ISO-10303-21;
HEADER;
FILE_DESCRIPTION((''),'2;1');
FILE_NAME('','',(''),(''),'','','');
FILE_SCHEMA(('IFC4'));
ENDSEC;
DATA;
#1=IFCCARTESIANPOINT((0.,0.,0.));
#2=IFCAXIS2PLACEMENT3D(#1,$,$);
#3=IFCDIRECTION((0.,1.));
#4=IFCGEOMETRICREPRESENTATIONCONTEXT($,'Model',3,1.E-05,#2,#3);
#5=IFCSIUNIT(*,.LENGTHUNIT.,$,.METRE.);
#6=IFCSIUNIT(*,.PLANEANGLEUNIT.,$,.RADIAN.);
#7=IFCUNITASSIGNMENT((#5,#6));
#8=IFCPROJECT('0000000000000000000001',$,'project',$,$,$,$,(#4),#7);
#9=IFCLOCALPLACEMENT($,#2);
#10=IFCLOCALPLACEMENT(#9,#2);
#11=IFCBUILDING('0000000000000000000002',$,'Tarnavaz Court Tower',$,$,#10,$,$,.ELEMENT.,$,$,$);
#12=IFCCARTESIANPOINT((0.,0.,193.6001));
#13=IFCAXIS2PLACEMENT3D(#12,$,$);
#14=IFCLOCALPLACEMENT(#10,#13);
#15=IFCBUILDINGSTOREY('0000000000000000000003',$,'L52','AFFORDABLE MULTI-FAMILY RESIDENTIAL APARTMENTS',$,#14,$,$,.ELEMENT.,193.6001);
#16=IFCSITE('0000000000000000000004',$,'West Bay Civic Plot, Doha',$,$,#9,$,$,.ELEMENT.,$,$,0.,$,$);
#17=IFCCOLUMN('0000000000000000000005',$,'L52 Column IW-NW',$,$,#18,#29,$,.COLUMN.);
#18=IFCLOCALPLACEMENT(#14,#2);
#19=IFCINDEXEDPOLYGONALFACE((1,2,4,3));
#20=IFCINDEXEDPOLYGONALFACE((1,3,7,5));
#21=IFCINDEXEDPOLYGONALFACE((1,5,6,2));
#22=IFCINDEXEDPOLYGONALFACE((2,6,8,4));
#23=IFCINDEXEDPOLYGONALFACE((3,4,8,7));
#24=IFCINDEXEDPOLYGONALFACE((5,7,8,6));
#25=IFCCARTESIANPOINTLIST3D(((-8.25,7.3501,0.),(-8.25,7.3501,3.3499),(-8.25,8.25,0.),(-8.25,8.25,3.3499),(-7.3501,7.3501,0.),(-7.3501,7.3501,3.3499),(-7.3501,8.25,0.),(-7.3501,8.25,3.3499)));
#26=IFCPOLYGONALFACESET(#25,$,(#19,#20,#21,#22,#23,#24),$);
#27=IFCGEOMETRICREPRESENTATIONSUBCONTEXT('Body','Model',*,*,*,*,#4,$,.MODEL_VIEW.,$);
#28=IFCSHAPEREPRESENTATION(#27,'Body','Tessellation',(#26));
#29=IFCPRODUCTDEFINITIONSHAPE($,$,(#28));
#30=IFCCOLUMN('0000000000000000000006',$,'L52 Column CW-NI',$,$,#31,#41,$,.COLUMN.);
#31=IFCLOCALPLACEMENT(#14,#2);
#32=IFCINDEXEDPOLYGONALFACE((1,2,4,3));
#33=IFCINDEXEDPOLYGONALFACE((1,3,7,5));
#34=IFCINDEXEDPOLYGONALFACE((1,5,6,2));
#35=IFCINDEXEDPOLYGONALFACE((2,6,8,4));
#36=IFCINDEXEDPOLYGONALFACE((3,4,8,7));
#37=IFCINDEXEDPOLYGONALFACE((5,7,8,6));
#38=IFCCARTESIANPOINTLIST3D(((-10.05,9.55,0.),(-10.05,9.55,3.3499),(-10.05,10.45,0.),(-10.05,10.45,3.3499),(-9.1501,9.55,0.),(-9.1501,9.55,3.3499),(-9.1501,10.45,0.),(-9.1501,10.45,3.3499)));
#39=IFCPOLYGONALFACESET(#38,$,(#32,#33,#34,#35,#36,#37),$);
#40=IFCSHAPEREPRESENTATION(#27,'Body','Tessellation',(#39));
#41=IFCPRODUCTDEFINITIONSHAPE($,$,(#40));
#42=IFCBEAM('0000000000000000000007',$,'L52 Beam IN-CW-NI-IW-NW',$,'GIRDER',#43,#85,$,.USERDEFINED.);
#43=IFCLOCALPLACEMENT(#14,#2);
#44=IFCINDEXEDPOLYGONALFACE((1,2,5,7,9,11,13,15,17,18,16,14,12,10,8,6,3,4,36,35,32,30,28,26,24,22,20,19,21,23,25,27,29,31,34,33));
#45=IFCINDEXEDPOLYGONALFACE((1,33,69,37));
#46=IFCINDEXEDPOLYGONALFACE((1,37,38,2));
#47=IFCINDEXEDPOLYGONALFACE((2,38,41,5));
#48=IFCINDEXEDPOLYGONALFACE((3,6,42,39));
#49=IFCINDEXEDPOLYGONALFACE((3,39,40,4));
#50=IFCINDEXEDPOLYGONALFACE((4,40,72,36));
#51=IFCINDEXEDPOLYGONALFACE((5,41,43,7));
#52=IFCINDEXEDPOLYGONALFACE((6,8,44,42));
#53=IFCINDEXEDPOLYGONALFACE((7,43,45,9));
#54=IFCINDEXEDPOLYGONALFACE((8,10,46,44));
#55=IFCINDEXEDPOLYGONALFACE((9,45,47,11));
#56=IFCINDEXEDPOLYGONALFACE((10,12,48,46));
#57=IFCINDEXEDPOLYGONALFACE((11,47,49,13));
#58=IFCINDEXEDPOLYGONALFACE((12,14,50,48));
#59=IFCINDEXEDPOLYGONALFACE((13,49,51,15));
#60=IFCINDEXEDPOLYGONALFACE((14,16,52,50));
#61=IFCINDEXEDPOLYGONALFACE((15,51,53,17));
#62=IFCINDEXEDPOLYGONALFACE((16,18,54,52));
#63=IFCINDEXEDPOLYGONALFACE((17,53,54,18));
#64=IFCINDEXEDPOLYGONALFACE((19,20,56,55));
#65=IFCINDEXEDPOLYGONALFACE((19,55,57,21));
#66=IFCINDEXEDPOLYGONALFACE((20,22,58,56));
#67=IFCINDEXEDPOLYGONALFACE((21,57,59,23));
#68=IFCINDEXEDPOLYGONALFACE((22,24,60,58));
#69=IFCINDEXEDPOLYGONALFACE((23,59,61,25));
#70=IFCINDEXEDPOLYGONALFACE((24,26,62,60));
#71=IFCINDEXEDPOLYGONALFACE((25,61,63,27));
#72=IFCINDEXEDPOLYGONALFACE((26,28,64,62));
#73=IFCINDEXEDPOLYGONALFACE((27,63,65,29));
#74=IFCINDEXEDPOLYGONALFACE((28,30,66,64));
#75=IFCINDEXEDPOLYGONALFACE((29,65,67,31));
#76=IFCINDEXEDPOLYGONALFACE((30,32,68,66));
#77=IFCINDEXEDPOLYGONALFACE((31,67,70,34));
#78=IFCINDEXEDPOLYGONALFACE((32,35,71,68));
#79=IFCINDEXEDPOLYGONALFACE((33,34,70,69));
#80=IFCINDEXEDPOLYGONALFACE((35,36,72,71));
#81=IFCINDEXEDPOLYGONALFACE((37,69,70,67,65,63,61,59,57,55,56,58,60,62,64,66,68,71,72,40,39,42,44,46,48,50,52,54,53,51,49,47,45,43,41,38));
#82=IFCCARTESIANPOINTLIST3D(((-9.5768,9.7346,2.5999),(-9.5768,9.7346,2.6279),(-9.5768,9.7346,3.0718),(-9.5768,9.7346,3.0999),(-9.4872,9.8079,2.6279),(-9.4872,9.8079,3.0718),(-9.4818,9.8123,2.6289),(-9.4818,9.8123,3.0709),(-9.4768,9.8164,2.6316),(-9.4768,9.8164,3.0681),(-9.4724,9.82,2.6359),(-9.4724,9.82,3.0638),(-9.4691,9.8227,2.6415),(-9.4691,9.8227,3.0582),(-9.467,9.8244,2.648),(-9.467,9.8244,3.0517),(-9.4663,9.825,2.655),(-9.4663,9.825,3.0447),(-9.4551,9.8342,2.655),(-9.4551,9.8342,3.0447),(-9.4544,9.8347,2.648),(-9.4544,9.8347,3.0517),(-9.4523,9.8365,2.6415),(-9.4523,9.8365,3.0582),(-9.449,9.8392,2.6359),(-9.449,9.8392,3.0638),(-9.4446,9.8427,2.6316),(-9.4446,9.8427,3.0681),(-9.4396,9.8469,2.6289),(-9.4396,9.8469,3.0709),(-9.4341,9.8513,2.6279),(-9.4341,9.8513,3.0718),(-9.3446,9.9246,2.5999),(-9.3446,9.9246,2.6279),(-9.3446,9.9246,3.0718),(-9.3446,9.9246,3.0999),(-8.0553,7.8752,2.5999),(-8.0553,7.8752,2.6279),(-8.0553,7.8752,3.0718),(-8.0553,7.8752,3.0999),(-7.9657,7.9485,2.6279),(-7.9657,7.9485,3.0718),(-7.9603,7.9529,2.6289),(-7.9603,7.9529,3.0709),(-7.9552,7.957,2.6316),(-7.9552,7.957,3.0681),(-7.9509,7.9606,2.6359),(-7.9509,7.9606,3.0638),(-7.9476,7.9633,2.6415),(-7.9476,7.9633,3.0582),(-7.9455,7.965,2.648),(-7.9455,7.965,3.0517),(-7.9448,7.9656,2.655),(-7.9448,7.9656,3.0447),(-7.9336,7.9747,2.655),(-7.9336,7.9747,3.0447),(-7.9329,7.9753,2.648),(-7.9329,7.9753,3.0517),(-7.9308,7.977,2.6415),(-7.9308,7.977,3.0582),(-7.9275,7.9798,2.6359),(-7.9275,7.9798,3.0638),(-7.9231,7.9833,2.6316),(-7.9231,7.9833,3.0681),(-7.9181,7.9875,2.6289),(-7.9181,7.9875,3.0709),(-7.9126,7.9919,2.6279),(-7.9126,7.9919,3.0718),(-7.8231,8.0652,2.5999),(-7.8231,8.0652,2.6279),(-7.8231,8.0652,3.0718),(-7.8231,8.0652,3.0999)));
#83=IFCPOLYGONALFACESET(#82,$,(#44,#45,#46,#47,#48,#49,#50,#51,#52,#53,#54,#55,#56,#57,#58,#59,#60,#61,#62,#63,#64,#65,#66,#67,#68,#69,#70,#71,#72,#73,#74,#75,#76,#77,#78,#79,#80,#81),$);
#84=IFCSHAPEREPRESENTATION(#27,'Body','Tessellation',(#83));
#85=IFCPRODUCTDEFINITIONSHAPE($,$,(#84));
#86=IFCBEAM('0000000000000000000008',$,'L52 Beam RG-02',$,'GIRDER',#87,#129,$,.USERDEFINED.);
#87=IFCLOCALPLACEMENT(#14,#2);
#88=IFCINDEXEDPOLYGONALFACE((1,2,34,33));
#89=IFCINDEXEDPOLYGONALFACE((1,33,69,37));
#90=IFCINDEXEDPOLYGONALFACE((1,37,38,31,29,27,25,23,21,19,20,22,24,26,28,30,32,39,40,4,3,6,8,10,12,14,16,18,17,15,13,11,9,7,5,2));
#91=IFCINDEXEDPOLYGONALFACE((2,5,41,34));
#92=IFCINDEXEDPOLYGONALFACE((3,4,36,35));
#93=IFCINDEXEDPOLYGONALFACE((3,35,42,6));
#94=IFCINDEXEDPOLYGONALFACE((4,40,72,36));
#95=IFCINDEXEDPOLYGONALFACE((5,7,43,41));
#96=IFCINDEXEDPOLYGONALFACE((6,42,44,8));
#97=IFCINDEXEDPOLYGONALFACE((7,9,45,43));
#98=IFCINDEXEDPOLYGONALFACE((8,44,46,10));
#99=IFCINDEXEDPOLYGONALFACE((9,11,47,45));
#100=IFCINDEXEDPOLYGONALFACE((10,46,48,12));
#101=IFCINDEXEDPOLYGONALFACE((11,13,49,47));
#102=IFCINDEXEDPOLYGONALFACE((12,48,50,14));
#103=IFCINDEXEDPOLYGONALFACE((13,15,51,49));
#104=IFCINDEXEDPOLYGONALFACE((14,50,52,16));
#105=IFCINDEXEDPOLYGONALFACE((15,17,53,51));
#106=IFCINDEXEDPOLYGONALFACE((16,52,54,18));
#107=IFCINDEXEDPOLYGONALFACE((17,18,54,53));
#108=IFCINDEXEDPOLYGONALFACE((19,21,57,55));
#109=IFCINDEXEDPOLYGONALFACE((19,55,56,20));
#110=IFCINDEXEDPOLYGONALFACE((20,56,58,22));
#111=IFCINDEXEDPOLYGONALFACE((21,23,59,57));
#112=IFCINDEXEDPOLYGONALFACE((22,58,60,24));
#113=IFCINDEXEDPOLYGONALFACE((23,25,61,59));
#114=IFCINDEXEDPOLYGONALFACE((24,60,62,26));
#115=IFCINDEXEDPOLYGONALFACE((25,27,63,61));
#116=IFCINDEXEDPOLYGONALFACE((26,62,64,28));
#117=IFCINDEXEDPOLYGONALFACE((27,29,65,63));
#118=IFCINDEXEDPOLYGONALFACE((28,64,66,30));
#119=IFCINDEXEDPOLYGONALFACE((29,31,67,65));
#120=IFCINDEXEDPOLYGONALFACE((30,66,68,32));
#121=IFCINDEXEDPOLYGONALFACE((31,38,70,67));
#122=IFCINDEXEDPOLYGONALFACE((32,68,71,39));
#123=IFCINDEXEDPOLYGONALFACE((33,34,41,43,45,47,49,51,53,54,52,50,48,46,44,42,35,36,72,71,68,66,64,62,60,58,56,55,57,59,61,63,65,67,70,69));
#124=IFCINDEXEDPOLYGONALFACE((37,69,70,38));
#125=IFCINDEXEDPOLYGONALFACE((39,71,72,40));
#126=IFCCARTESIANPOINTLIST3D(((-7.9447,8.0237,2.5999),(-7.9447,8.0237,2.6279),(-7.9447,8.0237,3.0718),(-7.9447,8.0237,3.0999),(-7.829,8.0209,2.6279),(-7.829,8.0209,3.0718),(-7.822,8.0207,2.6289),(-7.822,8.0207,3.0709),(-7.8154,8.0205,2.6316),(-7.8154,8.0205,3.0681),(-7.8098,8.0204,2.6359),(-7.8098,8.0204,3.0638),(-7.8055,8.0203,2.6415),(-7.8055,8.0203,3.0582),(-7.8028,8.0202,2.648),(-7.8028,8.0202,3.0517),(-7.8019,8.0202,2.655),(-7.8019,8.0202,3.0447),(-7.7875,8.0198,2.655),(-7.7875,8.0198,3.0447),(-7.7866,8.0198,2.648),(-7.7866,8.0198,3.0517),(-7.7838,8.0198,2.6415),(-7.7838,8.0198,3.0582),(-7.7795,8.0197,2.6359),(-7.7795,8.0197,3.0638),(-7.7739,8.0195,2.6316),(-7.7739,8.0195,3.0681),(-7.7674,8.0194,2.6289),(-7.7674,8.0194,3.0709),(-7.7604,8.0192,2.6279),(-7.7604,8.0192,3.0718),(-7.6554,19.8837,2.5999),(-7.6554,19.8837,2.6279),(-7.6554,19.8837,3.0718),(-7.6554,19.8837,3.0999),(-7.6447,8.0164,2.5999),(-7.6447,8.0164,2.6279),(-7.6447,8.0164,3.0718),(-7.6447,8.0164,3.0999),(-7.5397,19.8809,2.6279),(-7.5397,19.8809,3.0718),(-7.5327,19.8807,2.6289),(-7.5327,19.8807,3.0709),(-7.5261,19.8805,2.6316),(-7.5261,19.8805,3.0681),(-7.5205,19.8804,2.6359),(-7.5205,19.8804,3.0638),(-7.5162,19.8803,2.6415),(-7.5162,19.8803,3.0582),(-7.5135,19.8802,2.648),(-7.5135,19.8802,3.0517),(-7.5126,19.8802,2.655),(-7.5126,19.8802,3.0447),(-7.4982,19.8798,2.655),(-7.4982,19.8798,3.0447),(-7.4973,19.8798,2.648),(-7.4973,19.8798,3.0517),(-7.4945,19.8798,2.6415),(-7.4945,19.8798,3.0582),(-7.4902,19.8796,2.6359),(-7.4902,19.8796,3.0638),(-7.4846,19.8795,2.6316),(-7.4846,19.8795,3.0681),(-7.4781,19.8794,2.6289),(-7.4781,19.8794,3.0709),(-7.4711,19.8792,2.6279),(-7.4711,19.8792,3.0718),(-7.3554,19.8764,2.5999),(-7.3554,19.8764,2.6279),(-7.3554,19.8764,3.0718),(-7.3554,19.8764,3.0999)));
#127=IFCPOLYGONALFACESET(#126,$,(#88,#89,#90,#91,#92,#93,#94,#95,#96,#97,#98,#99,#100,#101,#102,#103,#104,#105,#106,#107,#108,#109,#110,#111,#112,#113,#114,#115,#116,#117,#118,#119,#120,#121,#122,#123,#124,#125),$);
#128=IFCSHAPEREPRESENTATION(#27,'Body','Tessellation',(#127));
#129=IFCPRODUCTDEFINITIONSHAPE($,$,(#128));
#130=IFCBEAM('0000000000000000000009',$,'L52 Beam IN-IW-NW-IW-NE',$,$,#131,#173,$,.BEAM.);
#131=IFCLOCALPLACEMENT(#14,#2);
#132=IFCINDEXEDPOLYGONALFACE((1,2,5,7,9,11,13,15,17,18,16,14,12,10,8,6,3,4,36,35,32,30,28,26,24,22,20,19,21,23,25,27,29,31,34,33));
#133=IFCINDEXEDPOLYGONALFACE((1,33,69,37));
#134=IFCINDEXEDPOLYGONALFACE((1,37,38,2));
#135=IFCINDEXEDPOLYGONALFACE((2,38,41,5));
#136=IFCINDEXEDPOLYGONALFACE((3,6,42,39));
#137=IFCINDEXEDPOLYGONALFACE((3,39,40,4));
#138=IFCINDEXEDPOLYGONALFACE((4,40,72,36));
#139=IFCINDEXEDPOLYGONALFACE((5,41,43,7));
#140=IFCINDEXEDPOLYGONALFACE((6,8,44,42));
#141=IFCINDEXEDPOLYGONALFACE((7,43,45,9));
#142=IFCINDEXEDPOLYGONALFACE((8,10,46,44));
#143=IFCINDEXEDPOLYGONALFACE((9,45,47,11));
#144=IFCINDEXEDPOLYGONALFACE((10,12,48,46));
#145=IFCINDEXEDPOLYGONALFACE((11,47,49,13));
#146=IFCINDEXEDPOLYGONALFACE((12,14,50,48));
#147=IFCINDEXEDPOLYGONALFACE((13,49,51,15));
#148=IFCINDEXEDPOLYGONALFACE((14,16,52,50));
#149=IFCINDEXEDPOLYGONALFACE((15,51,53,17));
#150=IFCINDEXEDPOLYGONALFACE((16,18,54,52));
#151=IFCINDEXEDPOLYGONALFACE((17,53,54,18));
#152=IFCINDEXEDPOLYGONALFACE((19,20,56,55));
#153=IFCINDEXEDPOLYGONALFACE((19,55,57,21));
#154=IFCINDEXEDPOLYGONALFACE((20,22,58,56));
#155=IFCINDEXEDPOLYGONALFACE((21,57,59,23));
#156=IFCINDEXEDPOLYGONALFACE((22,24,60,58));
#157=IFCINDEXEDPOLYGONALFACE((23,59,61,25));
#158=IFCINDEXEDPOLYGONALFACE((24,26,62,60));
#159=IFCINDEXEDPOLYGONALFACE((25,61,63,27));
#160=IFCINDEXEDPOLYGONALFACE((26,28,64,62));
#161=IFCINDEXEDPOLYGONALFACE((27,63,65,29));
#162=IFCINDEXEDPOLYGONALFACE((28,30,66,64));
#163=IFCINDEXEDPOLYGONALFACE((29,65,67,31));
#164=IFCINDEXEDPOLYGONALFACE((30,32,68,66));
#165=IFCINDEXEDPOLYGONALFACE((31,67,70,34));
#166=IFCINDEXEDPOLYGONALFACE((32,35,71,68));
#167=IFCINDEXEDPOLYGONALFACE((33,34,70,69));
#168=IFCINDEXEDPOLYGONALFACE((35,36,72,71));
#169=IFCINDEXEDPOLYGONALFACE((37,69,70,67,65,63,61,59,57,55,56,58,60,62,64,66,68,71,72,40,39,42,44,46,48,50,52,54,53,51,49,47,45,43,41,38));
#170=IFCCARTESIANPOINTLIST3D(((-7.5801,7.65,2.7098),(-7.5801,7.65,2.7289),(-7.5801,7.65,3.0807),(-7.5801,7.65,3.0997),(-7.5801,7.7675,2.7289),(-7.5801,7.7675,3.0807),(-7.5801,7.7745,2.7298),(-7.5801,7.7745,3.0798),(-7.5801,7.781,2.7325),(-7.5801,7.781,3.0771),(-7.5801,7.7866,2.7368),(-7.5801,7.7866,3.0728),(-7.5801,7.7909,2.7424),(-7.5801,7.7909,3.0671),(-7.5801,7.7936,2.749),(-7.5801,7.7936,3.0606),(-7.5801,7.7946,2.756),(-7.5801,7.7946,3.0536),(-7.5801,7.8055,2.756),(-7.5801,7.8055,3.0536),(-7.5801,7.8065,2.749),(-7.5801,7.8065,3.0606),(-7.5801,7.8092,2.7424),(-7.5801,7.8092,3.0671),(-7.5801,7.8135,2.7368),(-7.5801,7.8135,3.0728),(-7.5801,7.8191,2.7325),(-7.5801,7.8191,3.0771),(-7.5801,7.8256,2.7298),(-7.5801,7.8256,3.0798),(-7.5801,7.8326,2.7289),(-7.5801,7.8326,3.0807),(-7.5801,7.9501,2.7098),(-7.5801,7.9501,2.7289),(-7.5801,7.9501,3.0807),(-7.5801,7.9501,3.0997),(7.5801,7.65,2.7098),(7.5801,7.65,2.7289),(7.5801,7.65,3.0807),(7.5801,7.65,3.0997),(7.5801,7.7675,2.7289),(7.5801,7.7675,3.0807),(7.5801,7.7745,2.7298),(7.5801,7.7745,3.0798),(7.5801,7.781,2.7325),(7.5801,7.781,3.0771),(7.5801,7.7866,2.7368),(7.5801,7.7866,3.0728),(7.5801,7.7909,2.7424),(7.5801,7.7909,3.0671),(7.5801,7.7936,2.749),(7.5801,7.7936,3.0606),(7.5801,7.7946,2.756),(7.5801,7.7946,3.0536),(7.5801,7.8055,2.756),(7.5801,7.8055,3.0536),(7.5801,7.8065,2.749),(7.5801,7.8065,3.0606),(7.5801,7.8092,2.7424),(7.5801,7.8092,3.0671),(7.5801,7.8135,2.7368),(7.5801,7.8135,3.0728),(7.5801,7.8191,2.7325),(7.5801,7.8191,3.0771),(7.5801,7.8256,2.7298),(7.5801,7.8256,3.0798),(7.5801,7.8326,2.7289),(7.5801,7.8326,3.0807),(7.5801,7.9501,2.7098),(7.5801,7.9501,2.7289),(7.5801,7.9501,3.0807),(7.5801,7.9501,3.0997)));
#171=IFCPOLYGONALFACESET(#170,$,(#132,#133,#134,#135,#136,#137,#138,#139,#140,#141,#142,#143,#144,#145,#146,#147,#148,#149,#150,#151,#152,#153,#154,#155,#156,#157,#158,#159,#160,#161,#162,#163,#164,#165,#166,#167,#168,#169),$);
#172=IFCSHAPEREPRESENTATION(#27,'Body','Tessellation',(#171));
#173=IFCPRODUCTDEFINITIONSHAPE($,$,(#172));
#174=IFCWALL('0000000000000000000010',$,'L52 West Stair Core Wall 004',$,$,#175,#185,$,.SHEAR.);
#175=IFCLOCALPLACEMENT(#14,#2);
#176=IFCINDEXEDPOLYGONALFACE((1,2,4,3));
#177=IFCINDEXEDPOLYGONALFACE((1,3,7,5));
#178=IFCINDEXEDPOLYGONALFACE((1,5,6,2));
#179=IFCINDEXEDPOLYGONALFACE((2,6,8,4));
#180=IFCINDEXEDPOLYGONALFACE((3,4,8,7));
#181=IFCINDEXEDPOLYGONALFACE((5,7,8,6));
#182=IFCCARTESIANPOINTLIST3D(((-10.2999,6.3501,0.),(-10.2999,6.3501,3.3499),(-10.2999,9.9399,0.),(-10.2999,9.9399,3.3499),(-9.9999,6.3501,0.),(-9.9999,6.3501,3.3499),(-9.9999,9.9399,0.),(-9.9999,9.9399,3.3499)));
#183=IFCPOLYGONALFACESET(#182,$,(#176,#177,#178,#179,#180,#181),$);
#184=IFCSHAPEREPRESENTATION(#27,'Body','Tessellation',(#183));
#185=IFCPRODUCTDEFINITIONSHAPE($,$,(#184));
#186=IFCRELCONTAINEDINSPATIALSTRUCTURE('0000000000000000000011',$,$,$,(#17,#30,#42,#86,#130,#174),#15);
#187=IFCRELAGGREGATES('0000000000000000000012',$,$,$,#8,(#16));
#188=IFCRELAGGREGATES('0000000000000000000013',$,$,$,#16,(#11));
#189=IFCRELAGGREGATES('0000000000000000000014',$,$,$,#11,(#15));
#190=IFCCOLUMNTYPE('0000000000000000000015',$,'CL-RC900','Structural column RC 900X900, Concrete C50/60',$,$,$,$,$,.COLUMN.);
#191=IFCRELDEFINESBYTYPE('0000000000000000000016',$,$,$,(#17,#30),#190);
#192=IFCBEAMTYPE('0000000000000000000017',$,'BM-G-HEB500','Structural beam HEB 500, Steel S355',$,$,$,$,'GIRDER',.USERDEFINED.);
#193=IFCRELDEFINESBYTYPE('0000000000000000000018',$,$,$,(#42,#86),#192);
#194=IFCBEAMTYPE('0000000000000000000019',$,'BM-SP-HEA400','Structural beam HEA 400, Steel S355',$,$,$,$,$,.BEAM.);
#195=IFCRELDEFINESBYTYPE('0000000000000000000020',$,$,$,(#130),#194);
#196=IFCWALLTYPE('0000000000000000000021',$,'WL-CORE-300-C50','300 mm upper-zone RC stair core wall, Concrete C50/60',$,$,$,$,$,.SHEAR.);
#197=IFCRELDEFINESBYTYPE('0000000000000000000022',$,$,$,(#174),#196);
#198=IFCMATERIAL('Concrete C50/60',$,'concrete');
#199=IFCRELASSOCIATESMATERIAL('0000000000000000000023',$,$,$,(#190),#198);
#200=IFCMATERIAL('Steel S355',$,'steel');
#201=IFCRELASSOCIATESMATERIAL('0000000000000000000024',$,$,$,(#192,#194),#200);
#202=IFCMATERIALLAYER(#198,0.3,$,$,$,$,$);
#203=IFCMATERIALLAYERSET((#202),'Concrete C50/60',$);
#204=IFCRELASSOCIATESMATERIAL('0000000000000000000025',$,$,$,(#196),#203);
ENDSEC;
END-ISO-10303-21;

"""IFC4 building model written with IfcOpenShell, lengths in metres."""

from ifc_helpers import new_model, si_unit, direction, frame, frame_2d, origin, origin_2d, place, context, subcontext, project, spatial, rectangle, i_section, extrude, material, layer, layer_set, material_profile, profile_set, type_object, element, save


model = new_model("IFC4")

# Units and contexts
model_context = context("Model", 3, precision=1e-05, world=origin(), true_north=direction((0.0, 1.0)))
body_context = subcontext(model_context, "Body", "Model", "MODEL_VIEW")
ifc_project = project(units=[si_unit("LENGTHUNIT", "METRE"), si_unit("PLANEANGLEUNIT", "RADIAN")], contexts=[model_context])

# Site, building, storey
site_placement = place(None, origin())
site = spatial("IfcSite", under=ifc_project, at=site_placement, Name="West Bay Civic Plot, Doha", CompositionType="ELEMENT", RefElevation=0.0)
building_placement = place(site_placement, origin())
building = spatial("IfcBuilding", under=site, at=building_placement, Name="Tarnavaz Court Tower", CompositionType="ELEMENT")
storey_placement = place(building_placement, frame((0.0, 0.0, 193.6001)))
storey = spatial("IfcBuildingStorey", under=building, at=storey_placement, Name="L52", Description="AFFORDABLE MULTI-FAMILY RESIDENTIAL APARTMENTS", CompositionType="ELEMENT", Elevation=193.6001)

# Columns
ifc_material_1 = material(Name="Concrete C50/60", Category="concrete")
ifc_material_profile_1 = material_profile(ifc_material_1, rectangle(XDim=0.8999, YDim=0.8999, at=origin_2d()), Name="RC 900X900")
ifc_profile_set_1 = profile_set([ifc_material_profile_1], Name="Concrete C50/60")
column_type = type_object("IfcColumnType", Name="CL-RC900", Description="Structural column RC 900X900, Concrete C50/60", PredefinedType="COLUMN", material=ifc_profile_set_1)
for number, where, z_axis, x_axis, name in (
    (1, (-7.8, 7.8, 0.0), (0.0, 0.0, 1.0), (1.0, 0.0, 0.0), "L52 Column IW-NW"),
    (2, (-9.6001, 10.0, 0.0), (0.0, 0.0, 1.0), (1.0, 0.0, 0.0), "L52 Column CW-NI"),
):
    element("IfcColumn", number, at=place(storey_placement, frame(where, z_axis=z_axis, x_axis=x_axis)), inside=storey, type_object=column_type, Name=name, PredefinedType="COLUMN", context=body_context, shape_type="SweptSolid", body=[
        extrude(rectangle(XDim=0.8999, YDim=0.8999, at=origin_2d()), origin(), (0.0, 0.0, 1.0), 3.3499),
    ])

# Beams
ifc_material_2 = material(Name="Steel S355", Category="steel")
ifc_material_profile_2 = material_profile(ifc_material_2, i_section(OverallWidth=0.3, OverallDepth=0.5, WebThickness=0.0144, FlangeThickness=0.0281, FilletRadius=0.0271, at=origin_2d()), Name="HEB 500")
ifc_profile_set_2 = profile_set([ifc_material_profile_2], Name="Steel S355")
beam_type_1 = type_object("IfcBeamType", Name="BM-G-HEB500", Description="Structural beam HEB 500, Steel S355", ElementType="GIRDER", PredefinedType="USERDEFINED", material=ifc_profile_set_2)
beam_1_placement = place(storey_placement, frame((-9.4607, 9.8296, 2.8499), z_axis=(0.633282, -0.773921, 0.0), x_axis=(0.773921, 0.633282, 0.0)))
element("IfcBeam", 3, at=beam_1_placement, inside=storey, type_object=beam_type_1, Name="L52 Beam IN-CW-NI-IW-NW", ObjectType="GIRDER", PredefinedType="USERDEFINED", context=body_context, shape_type="SweptSolid", body=[
    extrude(i_section(OverallWidth=0.3, OverallDepth=0.5, WebThickness=0.0144, FlangeThickness=0.0281, FilletRadius=0.0271, at=origin_2d()), origin(), (0.0, 0.0, 1.0), 2.4026),
])
beam_2_placement = place(storey_placement, frame((-7.7947, 8.02, 2.8499), z_axis=(0.024386, 0.999703, 0.0), x_axis=(-0.999703, 0.024386, 0.0)))
element("IfcBeam", 4, at=beam_2_placement, inside=storey, type_object=beam_type_1, Name="L52 Beam RG-02", ObjectType="GIRDER", PredefinedType="USERDEFINED", context=body_context, shape_type="SweptSolid", body=[
    extrude(i_section(OverallWidth=0.3, OverallDepth=0.5, WebThickness=0.0144, FlangeThickness=0.0281, FilletRadius=0.0271, at=origin_2d()), origin(), (0.0, 0.0, 1.0), 11.8635),
])
ifc_material_profile_3 = material_profile(ifc_material_2, i_section(OverallWidth=0.3, OverallDepth=0.3899, WebThickness=0.011, FlangeThickness=0.019, FilletRadius=0.0271, at=origin_2d()), Name="HEA 400")
ifc_profile_set_3 = profile_set([ifc_material_profile_3], Name="Steel S355")
beam_type_2 = type_object("IfcBeamType", Name="BM-SP-HEA400", Description="Structural beam HEA 400, Steel S355", PredefinedType="BEAM", material=ifc_profile_set_3)
beam_3_placement = place(storey_placement, frame((-7.5801, 7.8, 2.9048), z_axis=(1.0, 0.0, 0.0), x_axis=(0.0, 1.0, 0.0)))
element("IfcBeam", 5, at=beam_3_placement, inside=storey, type_object=beam_type_2, Name="L52 Beam IN-IW-NW-IW-NE", PredefinedType="BEAM", context=body_context, shape_type="SweptSolid", body=[
    extrude(i_section(OverallWidth=0.3, OverallDepth=0.3899, WebThickness=0.011, FlangeThickness=0.019, FilletRadius=0.0271, at=origin_2d()), origin(), (0.0, 0.0, 1.0), 15.1602),
])

# Wall
ifc_layer_1 = layer(ifc_material_1, 0.3)
ifc_layer_set_1 = layer_set([ifc_layer_1], Name="Concrete C50/60")
wall_type_1 = type_object("IfcWallType", Name="WL-CORE-300-C50", Description="300 mm upper-zone RC stair core wall, Concrete C50/60", PredefinedType="SHEAR", material=ifc_layer_set_1)
wall_1_placement = place(storey_placement, frame((-10.1499, 6.3501, 0.0), z_axis=(0.0, 0.0, 1.0), x_axis=(0.0, 1.0, 0.0)))
element("IfcWall", 6, at=wall_1_placement, inside=storey, type_object=wall_type_1, Name="L52 West Stair Core Wall 004", PredefinedType="SHEAR", context=body_context, shape_type="SweptSolid", body=[
    extrude(rectangle(XDim=3.5898, YDim=0.3, at=frame_2d((1.7949, 0.0))), origin(), (0.0, 0.0, 1.0), 3.3499),
])

save(model, "model.ifc")
